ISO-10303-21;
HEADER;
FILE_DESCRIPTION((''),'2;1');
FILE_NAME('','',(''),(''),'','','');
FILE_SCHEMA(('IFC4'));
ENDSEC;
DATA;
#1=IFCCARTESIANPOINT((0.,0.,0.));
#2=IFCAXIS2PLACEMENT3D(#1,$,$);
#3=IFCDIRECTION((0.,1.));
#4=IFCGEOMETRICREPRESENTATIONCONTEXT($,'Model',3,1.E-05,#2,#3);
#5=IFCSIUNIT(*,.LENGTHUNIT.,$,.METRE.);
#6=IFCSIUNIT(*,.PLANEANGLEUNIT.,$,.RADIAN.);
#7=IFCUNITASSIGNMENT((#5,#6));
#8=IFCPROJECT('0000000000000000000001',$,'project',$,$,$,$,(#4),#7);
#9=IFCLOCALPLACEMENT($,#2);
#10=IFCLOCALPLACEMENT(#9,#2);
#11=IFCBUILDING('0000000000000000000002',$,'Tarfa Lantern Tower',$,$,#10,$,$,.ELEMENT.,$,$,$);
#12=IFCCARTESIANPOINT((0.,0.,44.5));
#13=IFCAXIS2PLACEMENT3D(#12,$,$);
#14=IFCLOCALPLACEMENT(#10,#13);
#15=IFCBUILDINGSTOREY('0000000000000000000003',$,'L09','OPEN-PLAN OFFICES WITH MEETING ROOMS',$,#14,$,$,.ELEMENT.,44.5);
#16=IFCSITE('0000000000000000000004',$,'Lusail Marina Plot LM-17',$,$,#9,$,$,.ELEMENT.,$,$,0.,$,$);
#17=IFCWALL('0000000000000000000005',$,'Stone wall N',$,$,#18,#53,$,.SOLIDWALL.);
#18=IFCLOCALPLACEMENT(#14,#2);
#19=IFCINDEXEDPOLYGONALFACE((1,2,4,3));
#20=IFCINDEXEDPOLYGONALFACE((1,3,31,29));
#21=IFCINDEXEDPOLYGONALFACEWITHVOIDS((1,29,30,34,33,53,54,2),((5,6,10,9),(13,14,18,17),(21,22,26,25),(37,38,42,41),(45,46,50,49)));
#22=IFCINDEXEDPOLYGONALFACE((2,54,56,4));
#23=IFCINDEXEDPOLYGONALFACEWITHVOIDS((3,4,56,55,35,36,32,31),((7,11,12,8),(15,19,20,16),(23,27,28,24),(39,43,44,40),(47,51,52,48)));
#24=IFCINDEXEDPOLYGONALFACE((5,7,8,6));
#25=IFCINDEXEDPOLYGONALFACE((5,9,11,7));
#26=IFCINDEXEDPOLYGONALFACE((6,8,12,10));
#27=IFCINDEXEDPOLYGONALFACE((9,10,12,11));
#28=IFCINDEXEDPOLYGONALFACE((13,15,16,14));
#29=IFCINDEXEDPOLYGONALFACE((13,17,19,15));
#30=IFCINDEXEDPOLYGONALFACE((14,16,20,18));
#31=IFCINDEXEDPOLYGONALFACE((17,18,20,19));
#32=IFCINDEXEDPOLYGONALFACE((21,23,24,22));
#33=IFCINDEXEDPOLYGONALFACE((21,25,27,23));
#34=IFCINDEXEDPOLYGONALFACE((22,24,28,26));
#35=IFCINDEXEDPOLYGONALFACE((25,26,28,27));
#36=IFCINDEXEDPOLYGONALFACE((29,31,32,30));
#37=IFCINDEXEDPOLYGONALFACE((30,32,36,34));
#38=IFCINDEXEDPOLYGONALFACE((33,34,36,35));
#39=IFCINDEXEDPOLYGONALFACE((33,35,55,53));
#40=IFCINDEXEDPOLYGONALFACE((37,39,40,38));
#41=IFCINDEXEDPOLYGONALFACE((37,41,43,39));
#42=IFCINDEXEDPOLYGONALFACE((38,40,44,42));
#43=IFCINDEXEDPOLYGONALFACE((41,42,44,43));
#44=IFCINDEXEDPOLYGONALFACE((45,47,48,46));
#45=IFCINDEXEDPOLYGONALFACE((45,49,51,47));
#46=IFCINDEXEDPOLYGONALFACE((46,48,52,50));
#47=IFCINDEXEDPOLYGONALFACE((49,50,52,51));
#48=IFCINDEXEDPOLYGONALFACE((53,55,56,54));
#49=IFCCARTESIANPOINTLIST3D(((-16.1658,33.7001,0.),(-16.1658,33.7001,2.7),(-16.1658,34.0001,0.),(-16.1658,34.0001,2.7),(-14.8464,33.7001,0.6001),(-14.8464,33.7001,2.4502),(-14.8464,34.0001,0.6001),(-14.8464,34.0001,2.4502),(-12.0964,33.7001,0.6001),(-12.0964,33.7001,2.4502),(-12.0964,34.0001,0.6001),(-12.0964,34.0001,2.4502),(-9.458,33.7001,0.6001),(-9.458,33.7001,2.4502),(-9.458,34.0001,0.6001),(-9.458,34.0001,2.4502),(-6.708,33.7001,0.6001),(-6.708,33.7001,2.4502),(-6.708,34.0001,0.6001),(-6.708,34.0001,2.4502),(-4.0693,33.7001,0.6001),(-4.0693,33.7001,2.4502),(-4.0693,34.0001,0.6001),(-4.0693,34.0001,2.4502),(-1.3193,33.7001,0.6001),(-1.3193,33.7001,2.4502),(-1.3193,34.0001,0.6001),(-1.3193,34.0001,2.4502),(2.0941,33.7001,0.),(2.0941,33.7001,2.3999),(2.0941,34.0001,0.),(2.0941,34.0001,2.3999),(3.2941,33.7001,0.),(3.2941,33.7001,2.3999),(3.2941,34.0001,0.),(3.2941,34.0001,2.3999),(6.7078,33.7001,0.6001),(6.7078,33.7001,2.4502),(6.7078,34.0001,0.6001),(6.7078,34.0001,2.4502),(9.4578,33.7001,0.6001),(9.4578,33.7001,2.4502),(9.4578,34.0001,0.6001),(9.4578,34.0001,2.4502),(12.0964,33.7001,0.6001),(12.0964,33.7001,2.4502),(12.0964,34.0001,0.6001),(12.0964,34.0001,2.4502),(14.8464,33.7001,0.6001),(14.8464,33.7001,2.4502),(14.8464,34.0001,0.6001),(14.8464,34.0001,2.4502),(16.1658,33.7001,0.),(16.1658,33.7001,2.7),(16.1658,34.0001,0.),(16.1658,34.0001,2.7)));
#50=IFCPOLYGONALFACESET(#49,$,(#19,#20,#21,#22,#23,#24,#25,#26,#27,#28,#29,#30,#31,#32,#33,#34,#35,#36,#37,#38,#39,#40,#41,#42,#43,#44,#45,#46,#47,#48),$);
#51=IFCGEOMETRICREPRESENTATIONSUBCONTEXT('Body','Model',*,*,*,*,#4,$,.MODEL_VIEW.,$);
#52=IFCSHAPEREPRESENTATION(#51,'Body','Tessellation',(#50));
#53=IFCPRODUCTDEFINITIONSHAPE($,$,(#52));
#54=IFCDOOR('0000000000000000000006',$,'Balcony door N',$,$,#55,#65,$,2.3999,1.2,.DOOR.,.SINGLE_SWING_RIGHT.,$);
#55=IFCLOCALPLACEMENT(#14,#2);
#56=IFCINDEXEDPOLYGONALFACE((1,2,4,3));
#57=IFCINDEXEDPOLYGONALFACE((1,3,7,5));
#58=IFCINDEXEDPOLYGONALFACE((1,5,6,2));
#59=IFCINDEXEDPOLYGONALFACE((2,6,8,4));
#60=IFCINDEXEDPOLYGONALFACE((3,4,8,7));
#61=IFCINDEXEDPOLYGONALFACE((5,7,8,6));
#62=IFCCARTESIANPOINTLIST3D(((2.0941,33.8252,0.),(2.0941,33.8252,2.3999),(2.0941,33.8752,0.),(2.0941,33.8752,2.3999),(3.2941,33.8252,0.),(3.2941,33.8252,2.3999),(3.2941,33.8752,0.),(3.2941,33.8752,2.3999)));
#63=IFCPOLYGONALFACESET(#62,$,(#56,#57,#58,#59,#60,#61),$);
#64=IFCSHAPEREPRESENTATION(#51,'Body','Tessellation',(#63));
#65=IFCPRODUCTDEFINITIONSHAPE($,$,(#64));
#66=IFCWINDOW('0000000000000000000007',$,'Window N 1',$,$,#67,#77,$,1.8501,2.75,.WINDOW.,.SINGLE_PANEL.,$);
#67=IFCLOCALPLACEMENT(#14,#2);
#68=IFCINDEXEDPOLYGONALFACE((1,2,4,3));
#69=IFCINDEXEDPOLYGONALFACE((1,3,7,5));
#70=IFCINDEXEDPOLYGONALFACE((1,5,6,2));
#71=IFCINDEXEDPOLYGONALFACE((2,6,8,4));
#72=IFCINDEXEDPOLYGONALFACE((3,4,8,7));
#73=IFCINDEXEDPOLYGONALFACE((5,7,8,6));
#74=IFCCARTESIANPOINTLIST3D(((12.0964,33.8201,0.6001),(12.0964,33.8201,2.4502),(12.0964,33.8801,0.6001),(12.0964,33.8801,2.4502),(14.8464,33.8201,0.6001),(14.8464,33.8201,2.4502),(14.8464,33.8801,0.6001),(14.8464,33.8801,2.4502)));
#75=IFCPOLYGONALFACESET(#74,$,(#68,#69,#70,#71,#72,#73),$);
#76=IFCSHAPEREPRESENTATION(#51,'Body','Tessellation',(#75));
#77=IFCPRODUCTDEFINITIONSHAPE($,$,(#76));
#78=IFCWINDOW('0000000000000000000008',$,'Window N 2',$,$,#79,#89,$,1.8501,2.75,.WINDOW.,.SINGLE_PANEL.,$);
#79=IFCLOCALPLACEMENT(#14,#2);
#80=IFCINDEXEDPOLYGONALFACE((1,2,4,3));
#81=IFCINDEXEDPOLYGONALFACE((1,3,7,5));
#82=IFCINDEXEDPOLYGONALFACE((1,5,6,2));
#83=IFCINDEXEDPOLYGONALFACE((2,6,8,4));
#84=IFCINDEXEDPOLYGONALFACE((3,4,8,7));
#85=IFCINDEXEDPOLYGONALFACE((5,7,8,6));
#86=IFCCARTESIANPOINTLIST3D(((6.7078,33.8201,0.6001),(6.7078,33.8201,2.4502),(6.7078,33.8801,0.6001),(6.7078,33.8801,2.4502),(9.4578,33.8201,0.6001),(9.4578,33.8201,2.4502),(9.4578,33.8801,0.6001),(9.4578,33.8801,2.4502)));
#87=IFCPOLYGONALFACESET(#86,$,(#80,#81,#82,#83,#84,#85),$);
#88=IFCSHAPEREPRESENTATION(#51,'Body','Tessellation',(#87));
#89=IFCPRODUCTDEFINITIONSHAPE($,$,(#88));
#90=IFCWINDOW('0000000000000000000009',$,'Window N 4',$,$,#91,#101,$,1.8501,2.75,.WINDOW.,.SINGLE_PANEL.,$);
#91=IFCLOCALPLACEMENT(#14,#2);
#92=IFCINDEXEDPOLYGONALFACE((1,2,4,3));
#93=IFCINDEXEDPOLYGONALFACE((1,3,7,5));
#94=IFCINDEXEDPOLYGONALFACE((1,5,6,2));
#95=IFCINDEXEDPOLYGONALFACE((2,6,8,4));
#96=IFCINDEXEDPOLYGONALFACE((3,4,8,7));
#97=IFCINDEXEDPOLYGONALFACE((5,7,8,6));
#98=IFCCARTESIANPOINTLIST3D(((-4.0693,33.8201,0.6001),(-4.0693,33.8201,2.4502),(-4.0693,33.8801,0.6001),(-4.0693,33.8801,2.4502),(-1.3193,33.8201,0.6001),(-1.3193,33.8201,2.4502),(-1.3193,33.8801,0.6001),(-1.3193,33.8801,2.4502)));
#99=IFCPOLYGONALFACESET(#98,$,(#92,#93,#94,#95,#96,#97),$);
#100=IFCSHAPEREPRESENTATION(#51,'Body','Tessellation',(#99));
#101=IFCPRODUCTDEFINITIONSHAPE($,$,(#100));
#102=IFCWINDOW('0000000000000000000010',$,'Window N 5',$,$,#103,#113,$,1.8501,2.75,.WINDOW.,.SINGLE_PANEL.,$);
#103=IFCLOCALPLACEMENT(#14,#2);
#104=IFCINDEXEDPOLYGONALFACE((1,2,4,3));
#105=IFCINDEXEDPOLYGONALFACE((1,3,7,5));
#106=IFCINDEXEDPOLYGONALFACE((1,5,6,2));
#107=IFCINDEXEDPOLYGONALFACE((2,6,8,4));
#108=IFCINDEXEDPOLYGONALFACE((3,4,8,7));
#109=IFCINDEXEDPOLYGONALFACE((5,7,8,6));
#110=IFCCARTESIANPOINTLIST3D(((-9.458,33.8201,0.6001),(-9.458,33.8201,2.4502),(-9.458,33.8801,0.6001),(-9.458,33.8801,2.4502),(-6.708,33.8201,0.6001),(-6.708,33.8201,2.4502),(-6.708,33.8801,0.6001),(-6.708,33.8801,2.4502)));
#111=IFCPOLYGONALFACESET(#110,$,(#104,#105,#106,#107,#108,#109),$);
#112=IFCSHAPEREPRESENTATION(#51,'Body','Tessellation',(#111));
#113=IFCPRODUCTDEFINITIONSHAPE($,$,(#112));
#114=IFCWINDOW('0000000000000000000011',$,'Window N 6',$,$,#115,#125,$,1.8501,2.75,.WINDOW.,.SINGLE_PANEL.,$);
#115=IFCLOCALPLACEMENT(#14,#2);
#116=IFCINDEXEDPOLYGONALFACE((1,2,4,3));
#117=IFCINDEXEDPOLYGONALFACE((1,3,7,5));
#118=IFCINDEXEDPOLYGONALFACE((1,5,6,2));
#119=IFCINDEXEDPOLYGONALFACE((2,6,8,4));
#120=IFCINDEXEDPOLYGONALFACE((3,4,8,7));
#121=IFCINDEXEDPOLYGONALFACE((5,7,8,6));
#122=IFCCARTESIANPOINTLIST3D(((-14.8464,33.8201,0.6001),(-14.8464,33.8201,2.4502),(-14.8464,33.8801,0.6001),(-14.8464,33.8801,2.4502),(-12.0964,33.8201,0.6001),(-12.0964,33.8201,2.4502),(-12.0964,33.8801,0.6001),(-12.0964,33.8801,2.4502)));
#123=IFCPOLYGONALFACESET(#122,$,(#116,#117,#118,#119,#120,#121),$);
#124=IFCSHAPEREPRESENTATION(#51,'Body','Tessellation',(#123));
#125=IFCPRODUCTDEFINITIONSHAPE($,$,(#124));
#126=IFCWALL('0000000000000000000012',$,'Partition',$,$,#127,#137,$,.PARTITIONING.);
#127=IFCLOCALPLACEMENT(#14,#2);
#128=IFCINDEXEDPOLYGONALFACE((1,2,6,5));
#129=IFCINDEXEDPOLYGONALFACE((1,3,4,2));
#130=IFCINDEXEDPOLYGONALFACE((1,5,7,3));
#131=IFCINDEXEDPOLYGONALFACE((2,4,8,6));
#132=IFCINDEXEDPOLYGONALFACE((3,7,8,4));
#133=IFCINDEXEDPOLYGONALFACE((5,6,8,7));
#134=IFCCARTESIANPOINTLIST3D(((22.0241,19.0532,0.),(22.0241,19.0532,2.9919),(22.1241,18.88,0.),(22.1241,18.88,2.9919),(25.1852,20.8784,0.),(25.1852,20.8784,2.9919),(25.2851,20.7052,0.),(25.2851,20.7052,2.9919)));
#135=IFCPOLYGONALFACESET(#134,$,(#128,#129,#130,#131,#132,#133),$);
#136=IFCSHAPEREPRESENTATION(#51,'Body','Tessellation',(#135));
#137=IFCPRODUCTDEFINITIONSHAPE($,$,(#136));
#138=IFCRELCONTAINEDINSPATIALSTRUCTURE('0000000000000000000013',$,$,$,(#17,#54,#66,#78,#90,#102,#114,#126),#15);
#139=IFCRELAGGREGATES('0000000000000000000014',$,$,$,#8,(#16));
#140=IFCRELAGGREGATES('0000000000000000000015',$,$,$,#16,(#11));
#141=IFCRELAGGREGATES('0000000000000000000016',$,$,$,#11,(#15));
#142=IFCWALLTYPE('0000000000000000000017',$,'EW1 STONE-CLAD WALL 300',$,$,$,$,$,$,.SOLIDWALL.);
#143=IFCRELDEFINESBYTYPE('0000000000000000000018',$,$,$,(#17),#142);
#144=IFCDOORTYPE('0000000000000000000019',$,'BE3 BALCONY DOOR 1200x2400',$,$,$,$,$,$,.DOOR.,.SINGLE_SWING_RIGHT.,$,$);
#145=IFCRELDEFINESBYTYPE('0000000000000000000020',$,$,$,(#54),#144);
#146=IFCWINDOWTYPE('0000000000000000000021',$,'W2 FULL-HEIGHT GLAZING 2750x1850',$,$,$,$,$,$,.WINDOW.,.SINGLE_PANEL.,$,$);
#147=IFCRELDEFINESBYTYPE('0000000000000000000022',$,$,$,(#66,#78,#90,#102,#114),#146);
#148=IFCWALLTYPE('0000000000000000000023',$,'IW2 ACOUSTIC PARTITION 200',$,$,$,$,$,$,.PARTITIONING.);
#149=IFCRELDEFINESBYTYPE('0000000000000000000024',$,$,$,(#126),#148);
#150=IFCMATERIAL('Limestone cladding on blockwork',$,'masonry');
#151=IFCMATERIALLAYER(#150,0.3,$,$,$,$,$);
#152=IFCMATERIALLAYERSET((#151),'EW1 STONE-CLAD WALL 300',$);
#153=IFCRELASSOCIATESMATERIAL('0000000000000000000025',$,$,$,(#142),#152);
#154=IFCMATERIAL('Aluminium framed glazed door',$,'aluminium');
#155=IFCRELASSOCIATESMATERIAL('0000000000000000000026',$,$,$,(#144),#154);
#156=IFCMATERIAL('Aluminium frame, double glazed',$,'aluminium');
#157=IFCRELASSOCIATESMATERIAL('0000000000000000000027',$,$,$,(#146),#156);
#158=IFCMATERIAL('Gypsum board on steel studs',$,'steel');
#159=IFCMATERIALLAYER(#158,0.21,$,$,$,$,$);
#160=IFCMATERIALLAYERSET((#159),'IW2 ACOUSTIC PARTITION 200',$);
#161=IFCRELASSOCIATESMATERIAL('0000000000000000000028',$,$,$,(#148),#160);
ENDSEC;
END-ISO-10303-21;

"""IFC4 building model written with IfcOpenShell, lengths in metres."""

from ifc_helpers import new_model, si_unit, direction, frame, frame_2d, origin, place, context, subcontext, project, spatial, rectangle, extrude, material, layer, layer_set, type_object, element, fill, save


model = new_model("IFC4")

# Units and contexts
model_context = context("Model", 3, precision=1e-05, world=origin(), true_north=direction((0.0, 1.0)))
body_context = subcontext(model_context, "Body", "Model", "MODEL_VIEW")
ifc_project = project(units=[si_unit("LENGTHUNIT", "METRE"), si_unit("PLANEANGLEUNIT", "RADIAN")], contexts=[model_context])

# Site, building, storey
site_placement = place(None, origin())
site = spatial("IfcSite", under=ifc_project, at=site_placement, Name="Lusail Marina Plot LM-17", CompositionType="ELEMENT", RefElevation=0.0)
building_placement = place(site_placement, origin())
building = spatial("IfcBuilding", under=site, at=building_placement, Name="Tarfa Lantern Tower", CompositionType="ELEMENT")
storey_placement = place(building_placement, frame((0.0, 0.0, 44.5)))
storey = spatial("IfcBuildingStorey", under=building, at=storey_placement, Name="L09", Description="OPEN-PLAN OFFICES WITH MEETING ROOMS", CompositionType="ELEMENT", Elevation=44.5)

# Wall, openings, door, windows
ifc_material_1 = material(Name="Limestone cladding on blockwork", Category="masonry")
ifc_layer_1 = layer(ifc_material_1, 0.3)
ifc_layer_set_1 = layer_set([ifc_layer_1], Name="EW1 STONE-CLAD WALL 300")
wall_type_1 = type_object("IfcWallType", Name="EW1 STONE-CLAD WALL 300", PredefinedType="SOLIDWALL", material=ifc_layer_set_1)
wall_1_placement = place(storey_placement, frame((16.1658, 33.8501, 0.0), z_axis=(0.0, 0.0, 1.0), x_axis=(-1.0, 0.0, 0.0)))
wall_1 = element("IfcWall", 1, at=wall_1_placement, inside=storey, type_object=wall_type_1, Name="Stone wall N", PredefinedType="SOLIDWALL", context=body_context, shape_type="SweptSolid", body=[
    extrude(rectangle(XDim=32.3315, YDim=0.3, at=frame_2d((16.1658, 0.0))), origin(), (0.0, 0.0, 1.0), 2.7),
])
opening_1_placement = place(wall_1_placement, frame((1.3193, 0.0, 0.6001)))
opening_1 = element("IfcOpeningElement", 2, at=opening_1_placement, cuts=wall_1, PredefinedType="OPENING", context=body_context, shape_type="SweptSolid", body=[
    extrude(rectangle(XDim=2.75, YDim=1.8501, at=frame_2d((1.375, 0.925))), frame((0.0, 0.1599, 0.0), z_axis=(0.0, -1.0, 0.0), x_axis=(1.0, 0.0, 0.0)), (0.0, 0.0, 1.0), 0.3201),
])
opening_2_placement = place(wall_1_placement, frame((6.708, 0.0, 0.6001)))
opening_2 = element("IfcOpeningElement", 3, at=opening_2_placement, cuts=wall_1, PredefinedType="OPENING", context=body_context, shape_type="SweptSolid", body=[
    extrude(rectangle(XDim=2.75, YDim=1.8501, at=frame_2d((1.375, 0.925))), frame((0.0, 0.1599, 0.0), z_axis=(0.0, -1.0, 0.0), x_axis=(1.0, 0.0, 0.0)), (0.0, 0.0, 1.0), 0.3201),
])
opening_3_placement = place(wall_1_placement, frame((12.8716, 0.0, 0.0)))
opening_3 = element("IfcOpeningElement", 4, at=opening_3_placement, cuts=wall_1, PredefinedType="OPENING", context=body_context, shape_type="SweptSolid", body=[
    extrude(rectangle(XDim=1.2, YDim=2.3999, at=frame_2d((0.6001, 1.2))), frame((0.0, 0.1599, 0.0), z_axis=(0.0, -1.0, 0.0), x_axis=(1.0, 0.0, 0.0)), (0.0, 0.0, 1.0), 0.3201),
])
opening_4_placement = place(wall_1_placement, frame((17.4851, 0.0, 0.6001)))
opening_4 = element("IfcOpeningElement", 5, at=opening_4_placement, cuts=wall_1, PredefinedType="OPENING", context=body_context, shape_type="SweptSolid", body=[
    extrude(rectangle(XDim=2.75, YDim=1.8501, at=frame_2d((1.375, 0.925))), frame((0.0, 0.1599, 0.0), z_axis=(0.0, -1.0, 0.0), x_axis=(1.0, 0.0, 0.0)), (0.0, 0.0, 1.0), 0.3201),
])
opening_5_placement = place(wall_1_placement, frame((22.8738, 0.0, 0.6001)))
opening_5 = element("IfcOpeningElement", 6, at=opening_5_placement, cuts=wall_1, PredefinedType="OPENING", context=body_context, shape_type="SweptSolid", body=[
    extrude(rectangle(XDim=2.75, YDim=1.8501, at=frame_2d((1.375, 0.925))), frame((0.0, 0.1599, 0.0), z_axis=(0.0, -1.0, 0.0), x_axis=(1.0, 0.0, 0.0)), (0.0, 0.0, 1.0), 0.3201),
])
opening_6_placement = place(wall_1_placement, frame((28.2622, 0.0, 0.6001)))
opening_6 = element("IfcOpeningElement", 7, at=opening_6_placement, cuts=wall_1, PredefinedType="OPENING", context=body_context, shape_type="SweptSolid", body=[
    extrude(rectangle(XDim=2.75, YDim=1.8501, at=frame_2d((1.375, 0.925))), frame((0.0, 0.1599, 0.0), z_axis=(0.0, -1.0, 0.0), x_axis=(1.0, 0.0, 0.0)), (0.0, 0.0, 1.0), 0.3201),
])
ifc_material_2 = material(Name="Aluminium framed glazed door", Category="aluminium")
door_type = type_object("IfcDoorType", Name="BE3 BALCONY DOOR 1200x2400", OperationType="SINGLE_SWING_RIGHT", PredefinedType="DOOR", material=ifc_material_2)
door_placement = place(opening_3_placement, origin())
door = element("IfcDoor", 8, at=door_placement, inside=storey, type_object=door_type, Name="Balcony door N", OperationType="SINGLE_SWING_RIGHT", OverallHeight=2.3999, OverallWidth=1.2, PredefinedType="DOOR", context=body_context, shape_type="SweptSolid", body=[
    extrude(rectangle(XDim=1.2, YDim=2.3999, at=frame_2d((0.6001, 1.2))), frame((0.0, 0.0249, 0.0), z_axis=(0.0, -1.0, 0.0), x_axis=(1.0, 0.0, 0.0)), (0.0, 0.0, 1.0), 0.05),
])
fill(opening_3, door)
ifc_material_3 = material(Name="Aluminium frame, double glazed", Category="aluminium")
window_type = type_object("IfcWindowType", Name="W2 FULL-HEIGHT GLAZING 2750x1850", PartitioningType="SINGLE_PANEL", PredefinedType="WINDOW", material=ifc_material_3)
window_1_placement = place(opening_1_placement, origin())
window_1 = element("IfcWindow", 9, at=window_1_placement, inside=storey, type_object=window_type, Name="Window N 1", OverallHeight=1.8501, OverallWidth=2.75, PartitioningType="SINGLE_PANEL", PredefinedType="WINDOW", context=body_context, shape_type="SweptSolid", body=[
    extrude(rectangle(XDim=2.75, YDim=1.8501, at=frame_2d((1.375, 0.925))), frame((0.0, 0.03, 0.0), z_axis=(0.0, -1.0, 0.0), x_axis=(1.0, 0.0, 0.0)), (0.0, 0.0, 1.0), 0.0601),
])
fill(opening_1, window_1)
window_2_placement = place(opening_2_placement, origin())
window_2 = element("IfcWindow", 10, at=window_2_placement, inside=storey, type_object=window_type, Name="Window N 2", OverallHeight=1.8501, OverallWidth=2.75, PartitioningType="SINGLE_PANEL", PredefinedType="WINDOW", context=body_context, shape_type="SweptSolid", body=[
    extrude(rectangle(XDim=2.75, YDim=1.8501, at=frame_2d((1.375, 0.925))), frame((0.0, 0.03, 0.0), z_axis=(0.0, -1.0, 0.0), x_axis=(1.0, 0.0, 0.0)), (0.0, 0.0, 1.0), 0.0601),
])
fill(opening_2, window_2)
window_3_placement = place(opening_4_placement, origin())
window_3 = element("IfcWindow", 11, at=window_3_placement, inside=storey, type_object=window_type, Name="Window N 4", OverallHeight=1.8501, OverallWidth=2.75, PartitioningType="SINGLE_PANEL", PredefinedType="WINDOW", context=body_context, shape_type="SweptSolid", body=[
    extrude(rectangle(XDim=2.75, YDim=1.8501, at=frame_2d((1.375, 0.925))), frame((0.0, 0.03, 0.0), z_axis=(0.0, -1.0, 0.0), x_axis=(1.0, 0.0, 0.0)), (0.0, 0.0, 1.0), 0.0601),
])
fill(opening_4, window_3)
window_4_placement = place(opening_5_placement, origin())
window_4 = element("IfcWindow", 12, at=window_4_placement, inside=storey, type_object=window_type, Name="Window N 5", OverallHeight=1.8501, OverallWidth=2.75, PartitioningType="SINGLE_PANEL", PredefinedType="WINDOW", context=body_context, shape_type="SweptSolid", body=[
    extrude(rectangle(XDim=2.75, YDim=1.8501, at=frame_2d((1.375, 0.925))), frame((0.0, 0.03, 0.0), z_axis=(0.0, -1.0, 0.0), x_axis=(1.0, 0.0, 0.0)), (0.0, 0.0, 1.0), 0.0601),
])
fill(opening_5, window_4)
window_5_placement = place(opening_6_placement, origin())
window_5 = element("IfcWindow", 13, at=window_5_placement, inside=storey, type_object=window_type, Name="Window N 6", OverallHeight=1.8501, OverallWidth=2.75, PartitioningType="SINGLE_PANEL", PredefinedType="WINDOW", context=body_context, shape_type="SweptSolid", body=[
    extrude(rectangle(XDim=2.75, YDim=1.8501, at=frame_2d((1.375, 0.925))), frame((0.0, 0.03, 0.0), z_axis=(0.0, -1.0, 0.0), x_axis=(1.0, 0.0, 0.0)), (0.0, 0.0, 1.0), 0.0601),
])
fill(opening_6, window_5)

# Wall
ifc_material_4 = material(Name="Gypsum board on steel studs", Category="steel")
ifc_layer_2 = layer(ifc_material_4, 0.21)
ifc_layer_set_2 = layer_set([ifc_layer_2], Name="IW2 ACOUSTIC PARTITION 200")
wall_type_2 = type_object("IfcWallType", Name="IW2 ACOUSTIC PARTITION 200", PredefinedType="PARTITIONING", material=ifc_layer_set_2)
wall_2_placement = place(storey_placement, frame((22.074, 18.9666, 0.0), z_axis=(0.0, 0.0, 1.0), x_axis=(0.866012, 0.500024, 0.0)))
element("IfcWall", 14, at=wall_2_placement, inside=storey, type_object=wall_type_2, Name="Partition", PredefinedType="PARTITIONING", context=body_context, shape_type="SweptSolid", body=[
    extrude(rectangle(XDim=3.6501, YDim=0.2, at=frame_2d((1.8252, 0.0))), origin(), (0.0, 0.0, 1.0), 2.9919),
])

save(model, "model.ifc")
